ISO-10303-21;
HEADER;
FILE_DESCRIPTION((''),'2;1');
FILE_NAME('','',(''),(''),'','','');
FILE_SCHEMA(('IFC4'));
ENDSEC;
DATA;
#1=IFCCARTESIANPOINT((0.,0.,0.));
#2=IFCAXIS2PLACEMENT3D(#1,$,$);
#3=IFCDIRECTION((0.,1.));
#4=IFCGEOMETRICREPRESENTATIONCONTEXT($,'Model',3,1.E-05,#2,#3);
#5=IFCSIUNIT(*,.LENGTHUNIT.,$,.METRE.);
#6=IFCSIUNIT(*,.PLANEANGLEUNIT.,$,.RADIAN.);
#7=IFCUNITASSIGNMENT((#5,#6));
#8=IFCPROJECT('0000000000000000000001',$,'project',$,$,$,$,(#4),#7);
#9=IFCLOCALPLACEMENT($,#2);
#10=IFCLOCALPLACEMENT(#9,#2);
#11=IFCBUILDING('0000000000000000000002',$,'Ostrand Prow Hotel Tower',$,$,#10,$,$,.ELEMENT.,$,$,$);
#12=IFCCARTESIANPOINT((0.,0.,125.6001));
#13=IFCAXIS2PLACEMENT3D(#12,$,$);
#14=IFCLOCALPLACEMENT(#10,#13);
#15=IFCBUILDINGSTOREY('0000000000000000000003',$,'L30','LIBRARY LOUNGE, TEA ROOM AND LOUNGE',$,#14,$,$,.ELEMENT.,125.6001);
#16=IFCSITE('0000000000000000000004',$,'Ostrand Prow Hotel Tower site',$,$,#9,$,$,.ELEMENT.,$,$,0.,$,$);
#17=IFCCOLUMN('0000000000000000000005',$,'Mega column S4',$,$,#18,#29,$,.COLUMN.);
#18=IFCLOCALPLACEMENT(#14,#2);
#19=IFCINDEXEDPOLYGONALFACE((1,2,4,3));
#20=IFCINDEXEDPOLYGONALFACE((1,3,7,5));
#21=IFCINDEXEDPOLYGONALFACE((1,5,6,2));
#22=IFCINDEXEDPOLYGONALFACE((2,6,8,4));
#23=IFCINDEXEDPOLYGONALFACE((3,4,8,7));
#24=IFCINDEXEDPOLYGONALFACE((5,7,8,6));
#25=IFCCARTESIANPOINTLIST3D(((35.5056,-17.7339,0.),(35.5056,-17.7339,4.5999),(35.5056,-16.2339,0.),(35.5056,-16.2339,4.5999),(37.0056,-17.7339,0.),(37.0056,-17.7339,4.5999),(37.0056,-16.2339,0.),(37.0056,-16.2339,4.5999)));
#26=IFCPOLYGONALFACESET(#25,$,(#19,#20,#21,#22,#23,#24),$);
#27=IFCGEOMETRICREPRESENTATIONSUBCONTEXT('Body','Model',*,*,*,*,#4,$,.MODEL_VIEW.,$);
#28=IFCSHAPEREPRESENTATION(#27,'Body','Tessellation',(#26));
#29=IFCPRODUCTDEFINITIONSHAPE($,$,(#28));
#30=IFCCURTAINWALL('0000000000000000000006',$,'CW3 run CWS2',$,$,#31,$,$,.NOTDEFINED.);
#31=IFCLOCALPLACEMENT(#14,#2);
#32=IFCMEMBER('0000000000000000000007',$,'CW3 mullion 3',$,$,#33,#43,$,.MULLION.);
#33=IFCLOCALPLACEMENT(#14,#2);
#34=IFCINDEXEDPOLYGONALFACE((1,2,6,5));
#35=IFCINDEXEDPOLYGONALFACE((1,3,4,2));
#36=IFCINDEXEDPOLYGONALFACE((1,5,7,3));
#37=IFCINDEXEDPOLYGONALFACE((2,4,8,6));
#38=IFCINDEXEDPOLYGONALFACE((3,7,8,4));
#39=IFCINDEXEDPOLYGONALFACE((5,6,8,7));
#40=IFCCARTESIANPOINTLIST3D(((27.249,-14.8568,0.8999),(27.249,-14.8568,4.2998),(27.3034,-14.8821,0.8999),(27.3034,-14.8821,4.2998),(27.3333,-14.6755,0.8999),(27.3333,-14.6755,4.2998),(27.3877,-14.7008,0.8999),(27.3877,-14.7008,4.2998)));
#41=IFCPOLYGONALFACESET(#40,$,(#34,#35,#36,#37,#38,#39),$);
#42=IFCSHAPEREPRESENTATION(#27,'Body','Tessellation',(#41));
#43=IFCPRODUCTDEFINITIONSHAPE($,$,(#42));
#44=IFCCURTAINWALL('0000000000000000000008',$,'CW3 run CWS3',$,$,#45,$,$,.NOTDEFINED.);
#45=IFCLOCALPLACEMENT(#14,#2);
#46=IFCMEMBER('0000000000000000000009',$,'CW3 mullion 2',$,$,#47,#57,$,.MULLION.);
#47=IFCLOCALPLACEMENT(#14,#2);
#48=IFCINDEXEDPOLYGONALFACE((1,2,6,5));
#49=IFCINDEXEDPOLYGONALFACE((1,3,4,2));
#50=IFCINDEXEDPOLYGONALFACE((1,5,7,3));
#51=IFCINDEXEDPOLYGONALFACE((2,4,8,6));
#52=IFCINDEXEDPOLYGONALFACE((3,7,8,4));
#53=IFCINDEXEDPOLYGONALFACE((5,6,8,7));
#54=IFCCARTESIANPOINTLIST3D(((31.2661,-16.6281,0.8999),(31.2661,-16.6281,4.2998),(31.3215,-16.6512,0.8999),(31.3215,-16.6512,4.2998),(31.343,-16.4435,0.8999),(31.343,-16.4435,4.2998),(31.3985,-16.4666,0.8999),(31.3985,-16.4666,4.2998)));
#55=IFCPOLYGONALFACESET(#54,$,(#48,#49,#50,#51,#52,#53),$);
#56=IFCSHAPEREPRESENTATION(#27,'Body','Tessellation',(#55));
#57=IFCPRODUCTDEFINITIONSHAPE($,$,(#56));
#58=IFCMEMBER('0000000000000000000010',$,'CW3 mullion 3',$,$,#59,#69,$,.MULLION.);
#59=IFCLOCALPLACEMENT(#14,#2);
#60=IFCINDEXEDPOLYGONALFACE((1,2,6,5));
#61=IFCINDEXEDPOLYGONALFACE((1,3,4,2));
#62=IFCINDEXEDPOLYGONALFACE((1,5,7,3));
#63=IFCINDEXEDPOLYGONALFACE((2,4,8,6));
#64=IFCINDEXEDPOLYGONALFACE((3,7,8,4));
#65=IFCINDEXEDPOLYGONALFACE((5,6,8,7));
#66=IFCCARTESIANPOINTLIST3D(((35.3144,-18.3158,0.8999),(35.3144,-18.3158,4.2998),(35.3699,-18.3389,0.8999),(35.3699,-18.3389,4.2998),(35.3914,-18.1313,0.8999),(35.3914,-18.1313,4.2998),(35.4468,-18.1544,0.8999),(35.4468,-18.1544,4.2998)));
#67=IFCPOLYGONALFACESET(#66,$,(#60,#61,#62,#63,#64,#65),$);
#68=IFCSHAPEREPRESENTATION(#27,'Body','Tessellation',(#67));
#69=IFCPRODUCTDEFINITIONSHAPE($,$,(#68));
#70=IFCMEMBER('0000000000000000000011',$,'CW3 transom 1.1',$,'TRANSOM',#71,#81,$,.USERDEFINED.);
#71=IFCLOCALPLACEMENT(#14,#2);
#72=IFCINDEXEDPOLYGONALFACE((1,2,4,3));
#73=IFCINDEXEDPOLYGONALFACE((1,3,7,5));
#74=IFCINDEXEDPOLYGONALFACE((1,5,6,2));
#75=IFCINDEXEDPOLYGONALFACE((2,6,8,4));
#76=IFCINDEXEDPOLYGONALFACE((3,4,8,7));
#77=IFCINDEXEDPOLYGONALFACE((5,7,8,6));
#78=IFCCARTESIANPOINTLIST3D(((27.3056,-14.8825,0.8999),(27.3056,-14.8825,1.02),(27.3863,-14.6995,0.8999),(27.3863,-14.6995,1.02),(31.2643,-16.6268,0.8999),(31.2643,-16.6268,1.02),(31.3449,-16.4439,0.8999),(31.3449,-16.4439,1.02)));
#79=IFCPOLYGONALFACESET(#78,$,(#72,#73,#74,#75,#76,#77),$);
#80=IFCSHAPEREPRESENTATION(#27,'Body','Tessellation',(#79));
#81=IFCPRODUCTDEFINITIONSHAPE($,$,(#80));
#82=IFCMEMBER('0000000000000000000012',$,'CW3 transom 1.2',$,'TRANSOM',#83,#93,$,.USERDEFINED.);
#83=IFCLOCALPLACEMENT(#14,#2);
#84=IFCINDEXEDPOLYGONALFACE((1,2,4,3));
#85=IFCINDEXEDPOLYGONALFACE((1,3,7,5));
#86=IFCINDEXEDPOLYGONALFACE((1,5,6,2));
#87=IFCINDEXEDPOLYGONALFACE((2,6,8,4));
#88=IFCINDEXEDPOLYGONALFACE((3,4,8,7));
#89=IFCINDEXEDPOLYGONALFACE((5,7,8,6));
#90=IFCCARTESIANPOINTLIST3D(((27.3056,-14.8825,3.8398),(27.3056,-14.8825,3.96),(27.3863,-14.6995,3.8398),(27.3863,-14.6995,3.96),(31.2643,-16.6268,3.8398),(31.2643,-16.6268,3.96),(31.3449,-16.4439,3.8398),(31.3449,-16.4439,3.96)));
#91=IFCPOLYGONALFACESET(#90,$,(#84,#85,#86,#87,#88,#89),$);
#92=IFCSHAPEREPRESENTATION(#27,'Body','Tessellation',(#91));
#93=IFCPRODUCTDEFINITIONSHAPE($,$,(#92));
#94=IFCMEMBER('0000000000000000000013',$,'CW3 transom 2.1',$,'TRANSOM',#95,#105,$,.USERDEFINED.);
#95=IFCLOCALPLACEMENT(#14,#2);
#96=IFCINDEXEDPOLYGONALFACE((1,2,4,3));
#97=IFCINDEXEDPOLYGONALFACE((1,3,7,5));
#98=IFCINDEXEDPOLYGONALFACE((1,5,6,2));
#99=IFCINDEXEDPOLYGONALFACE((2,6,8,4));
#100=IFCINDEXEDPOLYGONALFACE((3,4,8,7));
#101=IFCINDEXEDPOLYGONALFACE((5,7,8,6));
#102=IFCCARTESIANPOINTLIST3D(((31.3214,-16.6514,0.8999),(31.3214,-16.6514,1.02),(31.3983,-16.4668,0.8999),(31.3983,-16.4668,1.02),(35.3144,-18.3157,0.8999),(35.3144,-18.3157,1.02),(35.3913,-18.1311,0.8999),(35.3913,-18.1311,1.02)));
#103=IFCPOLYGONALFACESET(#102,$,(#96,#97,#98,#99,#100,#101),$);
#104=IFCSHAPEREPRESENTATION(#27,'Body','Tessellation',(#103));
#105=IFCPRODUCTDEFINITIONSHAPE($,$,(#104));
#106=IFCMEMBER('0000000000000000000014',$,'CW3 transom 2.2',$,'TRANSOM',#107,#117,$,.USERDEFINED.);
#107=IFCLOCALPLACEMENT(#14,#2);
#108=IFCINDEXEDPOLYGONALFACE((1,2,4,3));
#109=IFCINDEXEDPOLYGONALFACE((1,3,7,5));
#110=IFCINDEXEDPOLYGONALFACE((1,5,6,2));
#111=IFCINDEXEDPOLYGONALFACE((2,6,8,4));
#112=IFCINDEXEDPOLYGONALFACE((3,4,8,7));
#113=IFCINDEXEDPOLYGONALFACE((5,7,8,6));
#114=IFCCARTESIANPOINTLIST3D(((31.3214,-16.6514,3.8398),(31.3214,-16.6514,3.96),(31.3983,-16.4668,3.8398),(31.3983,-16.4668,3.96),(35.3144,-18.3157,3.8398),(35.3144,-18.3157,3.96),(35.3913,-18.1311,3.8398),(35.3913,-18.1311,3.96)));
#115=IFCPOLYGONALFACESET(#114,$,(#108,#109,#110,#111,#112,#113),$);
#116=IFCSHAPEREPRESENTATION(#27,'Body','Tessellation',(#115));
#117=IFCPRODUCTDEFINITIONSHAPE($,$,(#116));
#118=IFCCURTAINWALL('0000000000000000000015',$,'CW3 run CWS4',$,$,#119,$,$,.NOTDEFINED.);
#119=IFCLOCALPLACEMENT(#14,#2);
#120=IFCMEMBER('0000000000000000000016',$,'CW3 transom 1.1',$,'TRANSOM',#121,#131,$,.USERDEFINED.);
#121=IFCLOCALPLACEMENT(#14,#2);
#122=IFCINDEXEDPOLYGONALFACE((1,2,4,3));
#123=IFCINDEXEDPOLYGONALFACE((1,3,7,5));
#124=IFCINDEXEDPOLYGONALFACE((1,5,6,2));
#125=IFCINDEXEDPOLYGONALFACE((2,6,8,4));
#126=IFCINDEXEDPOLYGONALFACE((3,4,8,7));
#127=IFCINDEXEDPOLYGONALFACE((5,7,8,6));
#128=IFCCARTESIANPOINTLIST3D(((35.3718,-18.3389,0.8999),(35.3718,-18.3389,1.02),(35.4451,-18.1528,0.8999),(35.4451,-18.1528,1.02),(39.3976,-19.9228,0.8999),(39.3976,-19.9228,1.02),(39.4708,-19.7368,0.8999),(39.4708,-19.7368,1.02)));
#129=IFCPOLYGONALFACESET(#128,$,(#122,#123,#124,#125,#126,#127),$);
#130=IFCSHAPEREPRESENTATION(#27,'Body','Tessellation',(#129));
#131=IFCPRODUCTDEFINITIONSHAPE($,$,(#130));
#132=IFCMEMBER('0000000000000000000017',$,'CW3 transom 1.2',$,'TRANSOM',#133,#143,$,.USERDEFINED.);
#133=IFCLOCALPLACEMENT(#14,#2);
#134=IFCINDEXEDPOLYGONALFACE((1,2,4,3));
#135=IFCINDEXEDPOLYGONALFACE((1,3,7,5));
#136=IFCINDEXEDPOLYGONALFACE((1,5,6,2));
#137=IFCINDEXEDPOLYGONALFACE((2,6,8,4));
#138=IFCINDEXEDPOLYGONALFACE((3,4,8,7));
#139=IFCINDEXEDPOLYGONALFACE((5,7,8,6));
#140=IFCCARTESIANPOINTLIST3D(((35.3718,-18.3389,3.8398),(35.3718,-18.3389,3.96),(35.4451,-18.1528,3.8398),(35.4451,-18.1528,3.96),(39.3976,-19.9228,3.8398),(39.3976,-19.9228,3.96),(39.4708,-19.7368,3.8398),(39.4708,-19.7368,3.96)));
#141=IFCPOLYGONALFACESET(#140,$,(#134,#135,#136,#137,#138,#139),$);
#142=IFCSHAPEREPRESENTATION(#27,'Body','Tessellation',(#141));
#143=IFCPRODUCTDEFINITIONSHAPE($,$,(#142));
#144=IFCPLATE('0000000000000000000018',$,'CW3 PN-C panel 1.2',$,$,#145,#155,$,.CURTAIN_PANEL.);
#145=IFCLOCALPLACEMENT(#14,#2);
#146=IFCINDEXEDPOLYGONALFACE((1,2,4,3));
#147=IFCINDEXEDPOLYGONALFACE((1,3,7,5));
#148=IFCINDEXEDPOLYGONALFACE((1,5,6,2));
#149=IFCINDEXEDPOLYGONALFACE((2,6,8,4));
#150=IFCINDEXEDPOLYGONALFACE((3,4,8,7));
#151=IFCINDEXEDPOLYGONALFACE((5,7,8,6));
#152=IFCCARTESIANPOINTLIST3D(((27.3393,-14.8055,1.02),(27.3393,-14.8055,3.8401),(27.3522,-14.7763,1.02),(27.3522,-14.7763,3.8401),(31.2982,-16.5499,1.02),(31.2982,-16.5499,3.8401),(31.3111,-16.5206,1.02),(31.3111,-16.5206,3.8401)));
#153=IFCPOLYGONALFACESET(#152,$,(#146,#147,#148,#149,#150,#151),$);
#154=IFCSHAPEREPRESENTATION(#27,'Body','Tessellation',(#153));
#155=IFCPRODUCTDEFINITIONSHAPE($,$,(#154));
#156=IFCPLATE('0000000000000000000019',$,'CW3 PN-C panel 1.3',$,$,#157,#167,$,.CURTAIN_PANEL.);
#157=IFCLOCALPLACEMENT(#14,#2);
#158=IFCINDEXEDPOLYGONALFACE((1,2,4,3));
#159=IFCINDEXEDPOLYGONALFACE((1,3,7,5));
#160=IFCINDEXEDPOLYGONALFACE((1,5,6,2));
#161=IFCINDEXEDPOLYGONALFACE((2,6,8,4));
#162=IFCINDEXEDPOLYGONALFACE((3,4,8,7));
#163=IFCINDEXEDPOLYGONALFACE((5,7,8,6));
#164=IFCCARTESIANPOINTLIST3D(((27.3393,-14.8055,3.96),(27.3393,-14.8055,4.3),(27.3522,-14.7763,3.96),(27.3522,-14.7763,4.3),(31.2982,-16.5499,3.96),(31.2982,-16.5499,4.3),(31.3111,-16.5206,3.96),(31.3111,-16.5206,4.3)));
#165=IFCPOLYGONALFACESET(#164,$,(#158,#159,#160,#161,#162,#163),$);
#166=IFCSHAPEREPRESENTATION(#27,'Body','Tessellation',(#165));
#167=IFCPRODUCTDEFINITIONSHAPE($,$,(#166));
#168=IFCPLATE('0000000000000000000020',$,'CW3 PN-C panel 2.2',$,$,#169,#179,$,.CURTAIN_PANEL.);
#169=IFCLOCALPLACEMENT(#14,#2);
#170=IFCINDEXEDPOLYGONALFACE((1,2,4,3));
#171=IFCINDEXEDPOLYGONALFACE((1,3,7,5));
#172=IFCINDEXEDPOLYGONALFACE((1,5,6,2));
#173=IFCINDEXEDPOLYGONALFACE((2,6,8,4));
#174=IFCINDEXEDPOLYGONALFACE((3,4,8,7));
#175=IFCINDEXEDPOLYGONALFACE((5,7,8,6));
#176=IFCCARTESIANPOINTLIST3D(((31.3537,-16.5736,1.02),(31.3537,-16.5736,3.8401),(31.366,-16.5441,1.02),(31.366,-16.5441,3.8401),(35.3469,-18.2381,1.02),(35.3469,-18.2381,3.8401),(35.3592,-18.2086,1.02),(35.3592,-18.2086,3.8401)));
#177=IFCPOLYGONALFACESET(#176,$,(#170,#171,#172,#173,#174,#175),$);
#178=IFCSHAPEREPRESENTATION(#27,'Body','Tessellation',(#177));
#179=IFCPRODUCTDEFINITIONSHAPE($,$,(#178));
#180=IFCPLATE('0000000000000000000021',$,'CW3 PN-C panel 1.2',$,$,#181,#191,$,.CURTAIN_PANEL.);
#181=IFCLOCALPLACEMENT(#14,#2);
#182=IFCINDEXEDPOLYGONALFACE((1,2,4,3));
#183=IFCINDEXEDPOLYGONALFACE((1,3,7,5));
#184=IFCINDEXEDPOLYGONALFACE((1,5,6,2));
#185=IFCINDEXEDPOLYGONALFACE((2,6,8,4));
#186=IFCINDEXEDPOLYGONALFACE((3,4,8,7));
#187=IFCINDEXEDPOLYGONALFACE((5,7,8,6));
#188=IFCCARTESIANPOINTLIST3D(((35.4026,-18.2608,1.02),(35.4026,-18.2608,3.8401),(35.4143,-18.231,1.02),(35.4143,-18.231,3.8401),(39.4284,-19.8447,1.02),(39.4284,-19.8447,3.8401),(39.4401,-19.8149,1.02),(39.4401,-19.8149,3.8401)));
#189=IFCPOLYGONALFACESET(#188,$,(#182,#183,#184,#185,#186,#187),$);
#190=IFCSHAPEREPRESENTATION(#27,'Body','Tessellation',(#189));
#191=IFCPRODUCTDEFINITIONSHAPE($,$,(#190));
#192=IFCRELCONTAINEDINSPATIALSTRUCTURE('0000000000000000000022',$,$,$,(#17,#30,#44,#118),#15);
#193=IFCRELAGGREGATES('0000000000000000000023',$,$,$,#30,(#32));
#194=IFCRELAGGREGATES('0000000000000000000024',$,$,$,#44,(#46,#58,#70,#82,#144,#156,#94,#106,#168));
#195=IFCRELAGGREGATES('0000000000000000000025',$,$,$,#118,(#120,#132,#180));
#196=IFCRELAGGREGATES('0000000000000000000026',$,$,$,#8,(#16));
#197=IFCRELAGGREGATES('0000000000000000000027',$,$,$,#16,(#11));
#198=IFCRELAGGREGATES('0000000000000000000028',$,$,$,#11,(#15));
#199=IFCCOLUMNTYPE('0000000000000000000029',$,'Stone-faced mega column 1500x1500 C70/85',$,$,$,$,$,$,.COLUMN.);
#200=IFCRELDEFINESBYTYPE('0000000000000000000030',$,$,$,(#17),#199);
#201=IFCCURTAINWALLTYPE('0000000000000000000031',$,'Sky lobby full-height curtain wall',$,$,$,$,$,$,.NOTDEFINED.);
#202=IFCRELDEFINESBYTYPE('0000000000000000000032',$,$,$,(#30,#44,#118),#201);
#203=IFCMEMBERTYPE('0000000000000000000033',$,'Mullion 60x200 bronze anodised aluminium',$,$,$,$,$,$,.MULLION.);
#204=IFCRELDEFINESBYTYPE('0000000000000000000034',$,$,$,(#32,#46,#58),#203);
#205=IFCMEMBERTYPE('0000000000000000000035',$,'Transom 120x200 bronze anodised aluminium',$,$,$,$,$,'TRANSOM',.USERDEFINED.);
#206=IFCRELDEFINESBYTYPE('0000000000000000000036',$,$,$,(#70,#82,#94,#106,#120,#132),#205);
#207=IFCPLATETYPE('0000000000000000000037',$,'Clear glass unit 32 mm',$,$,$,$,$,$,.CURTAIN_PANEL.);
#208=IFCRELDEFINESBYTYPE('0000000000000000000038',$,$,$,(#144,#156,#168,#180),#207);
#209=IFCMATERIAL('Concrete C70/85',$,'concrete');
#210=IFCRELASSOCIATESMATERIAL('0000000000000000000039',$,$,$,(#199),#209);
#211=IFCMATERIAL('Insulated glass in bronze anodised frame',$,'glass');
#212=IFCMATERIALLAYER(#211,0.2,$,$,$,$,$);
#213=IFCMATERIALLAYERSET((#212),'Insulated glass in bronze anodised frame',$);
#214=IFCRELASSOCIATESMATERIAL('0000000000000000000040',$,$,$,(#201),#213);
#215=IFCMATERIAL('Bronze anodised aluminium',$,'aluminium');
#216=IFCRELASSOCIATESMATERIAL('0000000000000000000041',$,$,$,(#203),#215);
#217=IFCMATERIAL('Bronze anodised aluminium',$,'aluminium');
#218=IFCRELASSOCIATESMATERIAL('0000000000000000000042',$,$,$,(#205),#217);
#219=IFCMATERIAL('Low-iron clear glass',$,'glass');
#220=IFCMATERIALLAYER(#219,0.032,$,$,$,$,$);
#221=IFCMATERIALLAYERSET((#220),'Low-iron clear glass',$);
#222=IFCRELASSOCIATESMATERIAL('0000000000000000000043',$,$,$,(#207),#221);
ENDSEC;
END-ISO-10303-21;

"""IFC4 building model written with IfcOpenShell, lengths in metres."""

from ifc_helpers import new_model, si_unit, direction, frame, origin, origin_2d, place, context, subcontext, project, spatial, rectangle, extrude, material, layer, layer_set, material_profile, profile_set, type_object, element, aggregate, save


model = new_model("IFC4")

# Units and contexts
model_context = context("Model", 3, precision=1e-05, world=origin(), true_north=direction((0.0, 1.0)))
body_context = subcontext(model_context, "Body", "Model", "MODEL_VIEW")
ifc_project = project(units=[si_unit("LENGTHUNIT", "METRE"), si_unit("PLANEANGLEUNIT", "RADIAN")], contexts=[model_context])

# Site, building, storey
site_placement = place(None, origin())
site = spatial("IfcSite", under=ifc_project, at=site_placement, Name="Ostrand Prow Hotel Tower site", CompositionType="ELEMENT", RefElevation=0.0)
building_placement = place(site_placement, origin())
building = spatial("IfcBuilding", under=site, at=building_placement, Name="Ostrand Prow Hotel Tower", CompositionType="ELEMENT")
storey_placement = place(building_placement, frame((0.0, 0.0, 125.6001)))
storey = spatial("IfcBuildingStorey", under=building, at=storey_placement, Name="L30", Description="LIBRARY LOUNGE, TEA ROOM AND LOUNGE", CompositionType="ELEMENT", Elevation=125.6001)

# Column
ifc_material_1 = material(Name="Concrete C70/85", Category="concrete")
ifc_material_profile_1 = material_profile(ifc_material_1, rectangle(XDim=1.5, YDim=1.5, at=origin_2d()), Name="RC 1500x1500")
ifc_profile_set_1 = profile_set([ifc_material_profile_1], Name="Concrete C70/85")
column_type = type_object("IfcColumnType", Name="Stone-faced mega column 1500x1500 C70/85", PredefinedType="COLUMN", material=ifc_profile_set_1)
column_placement = place(storey_placement, frame((36.2556, -16.9839, 0.0), z_axis=(0.0, 0.0, 1.0), x_axis=(1.0, 0.0, 0.0)))
element("IfcColumn", 1, at=column_placement, inside=storey, type_object=column_type, Name="Mega column S4", PredefinedType="COLUMN", context=body_context, shape_type="SweptSolid", body=[
    extrude(rectangle(XDim=1.5, YDim=1.5, at=origin_2d()), origin(), (0.0, 0.0, 1.0), 4.5999),
])

# Curtain wall, member
ifc_material_2 = material(Name="Insulated glass in bronze anodised frame", Category="glass")
ifc_layer_1 = layer(ifc_material_2, 0.2)
ifc_layer_set_1 = layer_set([ifc_layer_1], Name="Insulated glass in bronze anodised frame")
curtain_wall_type = type_object("IfcCurtainWallType", Name="Sky lobby full-height curtain wall", PredefinedType="NOTDEFINED", material=ifc_layer_set_1)
curtain_wall_1_placement = place(storey_placement, origin())
curtain_wall_1 = element("IfcCurtainWall", 2, at=curtain_wall_1_placement, inside=storey, type_object=curtain_wall_type, Name="CW3 run CWS2", PredefinedType="NOTDEFINED")
ifc_material_3 = material(Name="Bronze anodised aluminium", Category="aluminium")
ifc_material_profile_2 = material_profile(ifc_material_3, rectangle(XDim=0.2, YDim=0.0601, at=origin_2d()), Name="Mullion 60x200 bronze anodised aluminium")
ifc_profile_set_2 = profile_set([ifc_material_profile_2], Name="Bronze anodised aluminium")
member_type_1 = type_object("IfcMemberType", Name="Mullion 60x200 bronze anodised aluminium", PredefinedType="MULLION", material=ifc_profile_set_2)
member_1_placement = place(storey_placement, frame((27.3184, -14.7788, 0.8999), z_axis=(0.0, 0.0, 1.0), x_axis=(0.421522, 0.906818, 0.0)))
member_1 = element("IfcMember", 3, at=member_1_placement, type_object=member_type_1, Name="CW3 mullion 3", PredefinedType="MULLION", context=body_context, shape_type="SweptSolid", body=[
    extrude(rectangle(XDim=0.2, YDim=0.0601, at=origin_2d()), origin(), (0.0, 0.0, 1.0), 3.3999),
])
aggregate(curtain_wall_1, [member_1])

# Curtain walls, members
curtain_wall_2_placement = place(storey_placement, origin())
curtain_wall_2 = element("IfcCurtainWall", 4, at=curtain_wall_2_placement, inside=storey, type_object=curtain_wall_type, Name="CW3 run CWS3", PredefinedType="NOTDEFINED")
member_2_placement = place(storey_placement, frame((31.3323, -16.5474, 0.8999), z_axis=(0.0, 0.0, 1.0), x_axis=(0.384743, 0.923024, 0.0)))
member_2 = element("IfcMember", 5, at=member_2_placement, type_object=member_type_1, Name="CW3 mullion 2", PredefinedType="MULLION", context=body_context, shape_type="SweptSolid", body=[
    extrude(rectangle(XDim=0.2, YDim=0.0601, at=origin_2d()), origin(), (0.0, 0.0, 1.0), 3.3999),
])
member_3_placement = place(storey_placement, frame((35.3806, -18.2351, 0.8999), z_axis=(0.0, 0.0, 1.0), x_axis=(0.384743, 0.923024, 0.0)))
member_3 = element("IfcMember", 6, at=member_3_placement, type_object=member_type_1, Name="CW3 mullion 3", PredefinedType="MULLION", context=body_context, shape_type="SweptSolid", body=[
    extrude(rectangle(XDim=0.2, YDim=0.0601, at=origin_2d()), origin(), (0.0, 0.0, 1.0), 3.3999),
])
ifc_material_4 = material(Name="Bronze anodised aluminium", Category="aluminium")
ifc_material_profile_3 = material_profile(ifc_material_4, rectangle(XDim=0.2, YDim=0.1201, at=origin_2d()), Name="Transom 120x200 bronze anodised aluminium")
ifc_profile_set_3 = profile_set([ifc_material_profile_3], Name="Bronze anodised aluminium")
member_type_2 = type_object("IfcMemberType", Name="Transom 120x200 bronze anodised aluminium", ElementType="TRANSOM", PredefinedType="USERDEFINED", material=ifc_profile_set_3)
member_4_placement = place(storey_placement, frame((27.3459, -14.791, 0.96), z_axis=(0.915099, -0.40323, 0.0), x_axis=(0.40323, 0.915099, 0.0)))
member_4 = element("IfcMember", 7, at=member_4_placement, type_object=member_type_2, Name="CW3 transom 1.1", ObjectType="TRANSOM", PredefinedType="USERDEFINED", context=body_context, shape_type="SweptSolid", body=[
    extrude(rectangle(XDim=0.2, YDim=0.1201, at=origin_2d()), origin(), (0.0, 0.0, 1.0), 4.3259),
])
member_5_placement = place(storey_placement, frame((27.3459, -14.791, 3.8999), z_axis=(0.915099, -0.40323, 0.0), x_axis=(0.40323, 0.915099, 0.0)))
member_5 = element("IfcMember", 8, at=member_5_placement, type_object=member_type_2, Name="CW3 transom 1.2", ObjectType="TRANSOM", PredefinedType="USERDEFINED", context=body_context, shape_type="SweptSolid", body=[
    extrude(rectangle(XDim=0.2, YDim=0.1201, at=origin_2d()), origin(), (0.0, 0.0, 1.0), 4.3259),
])
member_6_placement = place(storey_placement, frame((31.3599, -16.5591, 0.96), z_axis=(0.923028, -0.384732, 0.0), x_axis=(0.384732, 0.923028, 0.0)))
member_6 = element("IfcMember", 9, at=member_6_placement, type_object=member_type_2, Name="CW3 transom 2.1", ObjectType="TRANSOM", PredefinedType="USERDEFINED", context=body_context, shape_type="SweptSolid", body=[
    extrude(rectangle(XDim=0.2, YDim=0.1201, at=origin_2d()), origin(), (0.0, 0.0, 1.0), 4.3259),
])
member_7_placement = place(storey_placement, frame((31.3599, -16.5591, 3.8999), z_axis=(0.923028, -0.384732, 0.0), x_axis=(0.384732, 0.923028, 0.0)))
member_7 = element("IfcMember", 10, at=member_7_placement, type_object=member_type_2, Name="CW3 transom 2.2", ObjectType="TRANSOM", PredefinedType="USERDEFINED", context=body_context, shape_type="SweptSolid", body=[
    extrude(rectangle(XDim=0.2, YDim=0.1201, at=origin_2d()), origin(), (0.0, 0.0, 1.0), 4.3259),
])
curtain_wall_3_placement = place(storey_placement, origin())
curtain_wall_3 = element("IfcCurtainWall", 11, at=curtain_wall_3_placement, inside=storey, type_object=curtain_wall_type, Name="CW3 run CWS4", PredefinedType="NOTDEFINED")
member_8_placement = place(storey_placement, frame((35.4084, -18.2458, 0.96), z_axis=(0.930563, -0.366131, 0.0), x_axis=(0.366131, 0.930563, 0.0)))
member_8 = element("IfcMember", 12, at=member_8_placement, type_object=member_type_2, Name="CW3 transom 1.1", ObjectType="TRANSOM", PredefinedType="USERDEFINED", context=body_context, shape_type="SweptSolid", body=[
    extrude(rectangle(XDim=0.2, YDim=0.1201, at=origin_2d()), origin(), (0.0, 0.0, 1.0), 4.3262),
])
member_9_placement = place(storey_placement, frame((35.4084, -18.2458, 3.8999), z_axis=(0.930563, -0.366131, 0.0), x_axis=(0.366131, 0.930563, 0.0)))
member_9 = element("IfcMember", 13, at=member_9_placement, type_object=member_type_2, Name="CW3 transom 1.2", ObjectType="TRANSOM", PredefinedType="USERDEFINED", context=body_context, shape_type="SweptSolid", body=[
    extrude(rectangle(XDim=0.2, YDim=0.1201, at=origin_2d()), origin(), (0.0, 0.0, 1.0), 4.3262),
])

# Plates
ifc_material_5 = material(Name="Low-iron clear glass", Category="glass")
ifc_layer_2 = layer(ifc_material_5, 0.032)
ifc_layer_set_2 = layer_set([ifc_layer_2], Name="Low-iron clear glass")
plate_type_1 = type_object("IfcPlateType", Name="Clear glass unit 32 mm", PredefinedType="CURTAIN_PANEL", material=ifc_layer_set_2)
plate_1_placement = place(storey_placement, frame((29.3252, -15.6631, 1.02), z_axis=(0.0, 0.0, 1.0), x_axis=(0.915106, -0.403213, 0.0)))
plate_1 = element("IfcPlate", 14, at=plate_1_placement, type_object=plate_type_1, Name="CW3 PN-C panel 1.2", PredefinedType="CURTAIN_PANEL", context=body_context, shape_type="SweptSolid", body=[
    extrude(rectangle(XDim=4.3262, YDim=0.032, at=origin_2d()), origin(), (0.0, 0.0, 1.0), 2.8201),
])
plate_2_placement = place(storey_placement, frame((29.3252, -15.6631, 3.96), z_axis=(0.0, 0.0, 1.0), x_axis=(0.915106, -0.403213, 0.0)))
plate_2 = element("IfcPlate", 15, at=plate_2_placement, type_object=plate_type_1, Name="CW3 PN-C panel 1.3", PredefinedType="CURTAIN_PANEL", context=body_context, shape_type="SweptSolid", body=[
    extrude(rectangle(XDim=4.3262, YDim=0.032, at=origin_2d()), origin(), (0.0, 0.0, 1.0), 0.3401),
])
plate_3_placement = place(storey_placement, frame((33.3564, -17.3911, 1.02), z_axis=(0.0, 0.0, 1.0), x_axis=(0.923024, -0.384743, 0.0)))
plate_3 = element("IfcPlate", 16, at=plate_3_placement, type_object=plate_type_1, Name="CW3 PN-C panel 2.2", PredefinedType="CURTAIN_PANEL", context=body_context, shape_type="SweptSolid", body=[
    extrude(rectangle(XDim=4.3262, YDim=0.032, at=origin_2d()), origin(), (0.0, 0.0, 1.0), 2.8201),
])
plate_4_placement = place(storey_placement, frame((37.4214, -19.0378, 1.02), z_axis=(0.0, 0.0, 1.0), x_axis=(0.930569, -0.366116, 0.0)))
plate_4 = element("IfcPlate", 17, at=plate_4_placement, type_object=plate_type_1, Name="CW3 PN-C panel 1.2", PredefinedType="CURTAIN_PANEL", context=body_context, shape_type="SweptSolid", body=[
    extrude(rectangle(XDim=4.3262, YDim=0.032, at=origin_2d()), origin(), (0.0, 0.0, 1.0), 2.8201),
])
aggregate(curtain_wall_2, [member_2, member_3, member_4, member_5, plate_1, plate_2, member_6, member_7, plate_3])
aggregate(curtain_wall_3, [member_8, member_9, plate_4])

save(model, "model.ifc")
